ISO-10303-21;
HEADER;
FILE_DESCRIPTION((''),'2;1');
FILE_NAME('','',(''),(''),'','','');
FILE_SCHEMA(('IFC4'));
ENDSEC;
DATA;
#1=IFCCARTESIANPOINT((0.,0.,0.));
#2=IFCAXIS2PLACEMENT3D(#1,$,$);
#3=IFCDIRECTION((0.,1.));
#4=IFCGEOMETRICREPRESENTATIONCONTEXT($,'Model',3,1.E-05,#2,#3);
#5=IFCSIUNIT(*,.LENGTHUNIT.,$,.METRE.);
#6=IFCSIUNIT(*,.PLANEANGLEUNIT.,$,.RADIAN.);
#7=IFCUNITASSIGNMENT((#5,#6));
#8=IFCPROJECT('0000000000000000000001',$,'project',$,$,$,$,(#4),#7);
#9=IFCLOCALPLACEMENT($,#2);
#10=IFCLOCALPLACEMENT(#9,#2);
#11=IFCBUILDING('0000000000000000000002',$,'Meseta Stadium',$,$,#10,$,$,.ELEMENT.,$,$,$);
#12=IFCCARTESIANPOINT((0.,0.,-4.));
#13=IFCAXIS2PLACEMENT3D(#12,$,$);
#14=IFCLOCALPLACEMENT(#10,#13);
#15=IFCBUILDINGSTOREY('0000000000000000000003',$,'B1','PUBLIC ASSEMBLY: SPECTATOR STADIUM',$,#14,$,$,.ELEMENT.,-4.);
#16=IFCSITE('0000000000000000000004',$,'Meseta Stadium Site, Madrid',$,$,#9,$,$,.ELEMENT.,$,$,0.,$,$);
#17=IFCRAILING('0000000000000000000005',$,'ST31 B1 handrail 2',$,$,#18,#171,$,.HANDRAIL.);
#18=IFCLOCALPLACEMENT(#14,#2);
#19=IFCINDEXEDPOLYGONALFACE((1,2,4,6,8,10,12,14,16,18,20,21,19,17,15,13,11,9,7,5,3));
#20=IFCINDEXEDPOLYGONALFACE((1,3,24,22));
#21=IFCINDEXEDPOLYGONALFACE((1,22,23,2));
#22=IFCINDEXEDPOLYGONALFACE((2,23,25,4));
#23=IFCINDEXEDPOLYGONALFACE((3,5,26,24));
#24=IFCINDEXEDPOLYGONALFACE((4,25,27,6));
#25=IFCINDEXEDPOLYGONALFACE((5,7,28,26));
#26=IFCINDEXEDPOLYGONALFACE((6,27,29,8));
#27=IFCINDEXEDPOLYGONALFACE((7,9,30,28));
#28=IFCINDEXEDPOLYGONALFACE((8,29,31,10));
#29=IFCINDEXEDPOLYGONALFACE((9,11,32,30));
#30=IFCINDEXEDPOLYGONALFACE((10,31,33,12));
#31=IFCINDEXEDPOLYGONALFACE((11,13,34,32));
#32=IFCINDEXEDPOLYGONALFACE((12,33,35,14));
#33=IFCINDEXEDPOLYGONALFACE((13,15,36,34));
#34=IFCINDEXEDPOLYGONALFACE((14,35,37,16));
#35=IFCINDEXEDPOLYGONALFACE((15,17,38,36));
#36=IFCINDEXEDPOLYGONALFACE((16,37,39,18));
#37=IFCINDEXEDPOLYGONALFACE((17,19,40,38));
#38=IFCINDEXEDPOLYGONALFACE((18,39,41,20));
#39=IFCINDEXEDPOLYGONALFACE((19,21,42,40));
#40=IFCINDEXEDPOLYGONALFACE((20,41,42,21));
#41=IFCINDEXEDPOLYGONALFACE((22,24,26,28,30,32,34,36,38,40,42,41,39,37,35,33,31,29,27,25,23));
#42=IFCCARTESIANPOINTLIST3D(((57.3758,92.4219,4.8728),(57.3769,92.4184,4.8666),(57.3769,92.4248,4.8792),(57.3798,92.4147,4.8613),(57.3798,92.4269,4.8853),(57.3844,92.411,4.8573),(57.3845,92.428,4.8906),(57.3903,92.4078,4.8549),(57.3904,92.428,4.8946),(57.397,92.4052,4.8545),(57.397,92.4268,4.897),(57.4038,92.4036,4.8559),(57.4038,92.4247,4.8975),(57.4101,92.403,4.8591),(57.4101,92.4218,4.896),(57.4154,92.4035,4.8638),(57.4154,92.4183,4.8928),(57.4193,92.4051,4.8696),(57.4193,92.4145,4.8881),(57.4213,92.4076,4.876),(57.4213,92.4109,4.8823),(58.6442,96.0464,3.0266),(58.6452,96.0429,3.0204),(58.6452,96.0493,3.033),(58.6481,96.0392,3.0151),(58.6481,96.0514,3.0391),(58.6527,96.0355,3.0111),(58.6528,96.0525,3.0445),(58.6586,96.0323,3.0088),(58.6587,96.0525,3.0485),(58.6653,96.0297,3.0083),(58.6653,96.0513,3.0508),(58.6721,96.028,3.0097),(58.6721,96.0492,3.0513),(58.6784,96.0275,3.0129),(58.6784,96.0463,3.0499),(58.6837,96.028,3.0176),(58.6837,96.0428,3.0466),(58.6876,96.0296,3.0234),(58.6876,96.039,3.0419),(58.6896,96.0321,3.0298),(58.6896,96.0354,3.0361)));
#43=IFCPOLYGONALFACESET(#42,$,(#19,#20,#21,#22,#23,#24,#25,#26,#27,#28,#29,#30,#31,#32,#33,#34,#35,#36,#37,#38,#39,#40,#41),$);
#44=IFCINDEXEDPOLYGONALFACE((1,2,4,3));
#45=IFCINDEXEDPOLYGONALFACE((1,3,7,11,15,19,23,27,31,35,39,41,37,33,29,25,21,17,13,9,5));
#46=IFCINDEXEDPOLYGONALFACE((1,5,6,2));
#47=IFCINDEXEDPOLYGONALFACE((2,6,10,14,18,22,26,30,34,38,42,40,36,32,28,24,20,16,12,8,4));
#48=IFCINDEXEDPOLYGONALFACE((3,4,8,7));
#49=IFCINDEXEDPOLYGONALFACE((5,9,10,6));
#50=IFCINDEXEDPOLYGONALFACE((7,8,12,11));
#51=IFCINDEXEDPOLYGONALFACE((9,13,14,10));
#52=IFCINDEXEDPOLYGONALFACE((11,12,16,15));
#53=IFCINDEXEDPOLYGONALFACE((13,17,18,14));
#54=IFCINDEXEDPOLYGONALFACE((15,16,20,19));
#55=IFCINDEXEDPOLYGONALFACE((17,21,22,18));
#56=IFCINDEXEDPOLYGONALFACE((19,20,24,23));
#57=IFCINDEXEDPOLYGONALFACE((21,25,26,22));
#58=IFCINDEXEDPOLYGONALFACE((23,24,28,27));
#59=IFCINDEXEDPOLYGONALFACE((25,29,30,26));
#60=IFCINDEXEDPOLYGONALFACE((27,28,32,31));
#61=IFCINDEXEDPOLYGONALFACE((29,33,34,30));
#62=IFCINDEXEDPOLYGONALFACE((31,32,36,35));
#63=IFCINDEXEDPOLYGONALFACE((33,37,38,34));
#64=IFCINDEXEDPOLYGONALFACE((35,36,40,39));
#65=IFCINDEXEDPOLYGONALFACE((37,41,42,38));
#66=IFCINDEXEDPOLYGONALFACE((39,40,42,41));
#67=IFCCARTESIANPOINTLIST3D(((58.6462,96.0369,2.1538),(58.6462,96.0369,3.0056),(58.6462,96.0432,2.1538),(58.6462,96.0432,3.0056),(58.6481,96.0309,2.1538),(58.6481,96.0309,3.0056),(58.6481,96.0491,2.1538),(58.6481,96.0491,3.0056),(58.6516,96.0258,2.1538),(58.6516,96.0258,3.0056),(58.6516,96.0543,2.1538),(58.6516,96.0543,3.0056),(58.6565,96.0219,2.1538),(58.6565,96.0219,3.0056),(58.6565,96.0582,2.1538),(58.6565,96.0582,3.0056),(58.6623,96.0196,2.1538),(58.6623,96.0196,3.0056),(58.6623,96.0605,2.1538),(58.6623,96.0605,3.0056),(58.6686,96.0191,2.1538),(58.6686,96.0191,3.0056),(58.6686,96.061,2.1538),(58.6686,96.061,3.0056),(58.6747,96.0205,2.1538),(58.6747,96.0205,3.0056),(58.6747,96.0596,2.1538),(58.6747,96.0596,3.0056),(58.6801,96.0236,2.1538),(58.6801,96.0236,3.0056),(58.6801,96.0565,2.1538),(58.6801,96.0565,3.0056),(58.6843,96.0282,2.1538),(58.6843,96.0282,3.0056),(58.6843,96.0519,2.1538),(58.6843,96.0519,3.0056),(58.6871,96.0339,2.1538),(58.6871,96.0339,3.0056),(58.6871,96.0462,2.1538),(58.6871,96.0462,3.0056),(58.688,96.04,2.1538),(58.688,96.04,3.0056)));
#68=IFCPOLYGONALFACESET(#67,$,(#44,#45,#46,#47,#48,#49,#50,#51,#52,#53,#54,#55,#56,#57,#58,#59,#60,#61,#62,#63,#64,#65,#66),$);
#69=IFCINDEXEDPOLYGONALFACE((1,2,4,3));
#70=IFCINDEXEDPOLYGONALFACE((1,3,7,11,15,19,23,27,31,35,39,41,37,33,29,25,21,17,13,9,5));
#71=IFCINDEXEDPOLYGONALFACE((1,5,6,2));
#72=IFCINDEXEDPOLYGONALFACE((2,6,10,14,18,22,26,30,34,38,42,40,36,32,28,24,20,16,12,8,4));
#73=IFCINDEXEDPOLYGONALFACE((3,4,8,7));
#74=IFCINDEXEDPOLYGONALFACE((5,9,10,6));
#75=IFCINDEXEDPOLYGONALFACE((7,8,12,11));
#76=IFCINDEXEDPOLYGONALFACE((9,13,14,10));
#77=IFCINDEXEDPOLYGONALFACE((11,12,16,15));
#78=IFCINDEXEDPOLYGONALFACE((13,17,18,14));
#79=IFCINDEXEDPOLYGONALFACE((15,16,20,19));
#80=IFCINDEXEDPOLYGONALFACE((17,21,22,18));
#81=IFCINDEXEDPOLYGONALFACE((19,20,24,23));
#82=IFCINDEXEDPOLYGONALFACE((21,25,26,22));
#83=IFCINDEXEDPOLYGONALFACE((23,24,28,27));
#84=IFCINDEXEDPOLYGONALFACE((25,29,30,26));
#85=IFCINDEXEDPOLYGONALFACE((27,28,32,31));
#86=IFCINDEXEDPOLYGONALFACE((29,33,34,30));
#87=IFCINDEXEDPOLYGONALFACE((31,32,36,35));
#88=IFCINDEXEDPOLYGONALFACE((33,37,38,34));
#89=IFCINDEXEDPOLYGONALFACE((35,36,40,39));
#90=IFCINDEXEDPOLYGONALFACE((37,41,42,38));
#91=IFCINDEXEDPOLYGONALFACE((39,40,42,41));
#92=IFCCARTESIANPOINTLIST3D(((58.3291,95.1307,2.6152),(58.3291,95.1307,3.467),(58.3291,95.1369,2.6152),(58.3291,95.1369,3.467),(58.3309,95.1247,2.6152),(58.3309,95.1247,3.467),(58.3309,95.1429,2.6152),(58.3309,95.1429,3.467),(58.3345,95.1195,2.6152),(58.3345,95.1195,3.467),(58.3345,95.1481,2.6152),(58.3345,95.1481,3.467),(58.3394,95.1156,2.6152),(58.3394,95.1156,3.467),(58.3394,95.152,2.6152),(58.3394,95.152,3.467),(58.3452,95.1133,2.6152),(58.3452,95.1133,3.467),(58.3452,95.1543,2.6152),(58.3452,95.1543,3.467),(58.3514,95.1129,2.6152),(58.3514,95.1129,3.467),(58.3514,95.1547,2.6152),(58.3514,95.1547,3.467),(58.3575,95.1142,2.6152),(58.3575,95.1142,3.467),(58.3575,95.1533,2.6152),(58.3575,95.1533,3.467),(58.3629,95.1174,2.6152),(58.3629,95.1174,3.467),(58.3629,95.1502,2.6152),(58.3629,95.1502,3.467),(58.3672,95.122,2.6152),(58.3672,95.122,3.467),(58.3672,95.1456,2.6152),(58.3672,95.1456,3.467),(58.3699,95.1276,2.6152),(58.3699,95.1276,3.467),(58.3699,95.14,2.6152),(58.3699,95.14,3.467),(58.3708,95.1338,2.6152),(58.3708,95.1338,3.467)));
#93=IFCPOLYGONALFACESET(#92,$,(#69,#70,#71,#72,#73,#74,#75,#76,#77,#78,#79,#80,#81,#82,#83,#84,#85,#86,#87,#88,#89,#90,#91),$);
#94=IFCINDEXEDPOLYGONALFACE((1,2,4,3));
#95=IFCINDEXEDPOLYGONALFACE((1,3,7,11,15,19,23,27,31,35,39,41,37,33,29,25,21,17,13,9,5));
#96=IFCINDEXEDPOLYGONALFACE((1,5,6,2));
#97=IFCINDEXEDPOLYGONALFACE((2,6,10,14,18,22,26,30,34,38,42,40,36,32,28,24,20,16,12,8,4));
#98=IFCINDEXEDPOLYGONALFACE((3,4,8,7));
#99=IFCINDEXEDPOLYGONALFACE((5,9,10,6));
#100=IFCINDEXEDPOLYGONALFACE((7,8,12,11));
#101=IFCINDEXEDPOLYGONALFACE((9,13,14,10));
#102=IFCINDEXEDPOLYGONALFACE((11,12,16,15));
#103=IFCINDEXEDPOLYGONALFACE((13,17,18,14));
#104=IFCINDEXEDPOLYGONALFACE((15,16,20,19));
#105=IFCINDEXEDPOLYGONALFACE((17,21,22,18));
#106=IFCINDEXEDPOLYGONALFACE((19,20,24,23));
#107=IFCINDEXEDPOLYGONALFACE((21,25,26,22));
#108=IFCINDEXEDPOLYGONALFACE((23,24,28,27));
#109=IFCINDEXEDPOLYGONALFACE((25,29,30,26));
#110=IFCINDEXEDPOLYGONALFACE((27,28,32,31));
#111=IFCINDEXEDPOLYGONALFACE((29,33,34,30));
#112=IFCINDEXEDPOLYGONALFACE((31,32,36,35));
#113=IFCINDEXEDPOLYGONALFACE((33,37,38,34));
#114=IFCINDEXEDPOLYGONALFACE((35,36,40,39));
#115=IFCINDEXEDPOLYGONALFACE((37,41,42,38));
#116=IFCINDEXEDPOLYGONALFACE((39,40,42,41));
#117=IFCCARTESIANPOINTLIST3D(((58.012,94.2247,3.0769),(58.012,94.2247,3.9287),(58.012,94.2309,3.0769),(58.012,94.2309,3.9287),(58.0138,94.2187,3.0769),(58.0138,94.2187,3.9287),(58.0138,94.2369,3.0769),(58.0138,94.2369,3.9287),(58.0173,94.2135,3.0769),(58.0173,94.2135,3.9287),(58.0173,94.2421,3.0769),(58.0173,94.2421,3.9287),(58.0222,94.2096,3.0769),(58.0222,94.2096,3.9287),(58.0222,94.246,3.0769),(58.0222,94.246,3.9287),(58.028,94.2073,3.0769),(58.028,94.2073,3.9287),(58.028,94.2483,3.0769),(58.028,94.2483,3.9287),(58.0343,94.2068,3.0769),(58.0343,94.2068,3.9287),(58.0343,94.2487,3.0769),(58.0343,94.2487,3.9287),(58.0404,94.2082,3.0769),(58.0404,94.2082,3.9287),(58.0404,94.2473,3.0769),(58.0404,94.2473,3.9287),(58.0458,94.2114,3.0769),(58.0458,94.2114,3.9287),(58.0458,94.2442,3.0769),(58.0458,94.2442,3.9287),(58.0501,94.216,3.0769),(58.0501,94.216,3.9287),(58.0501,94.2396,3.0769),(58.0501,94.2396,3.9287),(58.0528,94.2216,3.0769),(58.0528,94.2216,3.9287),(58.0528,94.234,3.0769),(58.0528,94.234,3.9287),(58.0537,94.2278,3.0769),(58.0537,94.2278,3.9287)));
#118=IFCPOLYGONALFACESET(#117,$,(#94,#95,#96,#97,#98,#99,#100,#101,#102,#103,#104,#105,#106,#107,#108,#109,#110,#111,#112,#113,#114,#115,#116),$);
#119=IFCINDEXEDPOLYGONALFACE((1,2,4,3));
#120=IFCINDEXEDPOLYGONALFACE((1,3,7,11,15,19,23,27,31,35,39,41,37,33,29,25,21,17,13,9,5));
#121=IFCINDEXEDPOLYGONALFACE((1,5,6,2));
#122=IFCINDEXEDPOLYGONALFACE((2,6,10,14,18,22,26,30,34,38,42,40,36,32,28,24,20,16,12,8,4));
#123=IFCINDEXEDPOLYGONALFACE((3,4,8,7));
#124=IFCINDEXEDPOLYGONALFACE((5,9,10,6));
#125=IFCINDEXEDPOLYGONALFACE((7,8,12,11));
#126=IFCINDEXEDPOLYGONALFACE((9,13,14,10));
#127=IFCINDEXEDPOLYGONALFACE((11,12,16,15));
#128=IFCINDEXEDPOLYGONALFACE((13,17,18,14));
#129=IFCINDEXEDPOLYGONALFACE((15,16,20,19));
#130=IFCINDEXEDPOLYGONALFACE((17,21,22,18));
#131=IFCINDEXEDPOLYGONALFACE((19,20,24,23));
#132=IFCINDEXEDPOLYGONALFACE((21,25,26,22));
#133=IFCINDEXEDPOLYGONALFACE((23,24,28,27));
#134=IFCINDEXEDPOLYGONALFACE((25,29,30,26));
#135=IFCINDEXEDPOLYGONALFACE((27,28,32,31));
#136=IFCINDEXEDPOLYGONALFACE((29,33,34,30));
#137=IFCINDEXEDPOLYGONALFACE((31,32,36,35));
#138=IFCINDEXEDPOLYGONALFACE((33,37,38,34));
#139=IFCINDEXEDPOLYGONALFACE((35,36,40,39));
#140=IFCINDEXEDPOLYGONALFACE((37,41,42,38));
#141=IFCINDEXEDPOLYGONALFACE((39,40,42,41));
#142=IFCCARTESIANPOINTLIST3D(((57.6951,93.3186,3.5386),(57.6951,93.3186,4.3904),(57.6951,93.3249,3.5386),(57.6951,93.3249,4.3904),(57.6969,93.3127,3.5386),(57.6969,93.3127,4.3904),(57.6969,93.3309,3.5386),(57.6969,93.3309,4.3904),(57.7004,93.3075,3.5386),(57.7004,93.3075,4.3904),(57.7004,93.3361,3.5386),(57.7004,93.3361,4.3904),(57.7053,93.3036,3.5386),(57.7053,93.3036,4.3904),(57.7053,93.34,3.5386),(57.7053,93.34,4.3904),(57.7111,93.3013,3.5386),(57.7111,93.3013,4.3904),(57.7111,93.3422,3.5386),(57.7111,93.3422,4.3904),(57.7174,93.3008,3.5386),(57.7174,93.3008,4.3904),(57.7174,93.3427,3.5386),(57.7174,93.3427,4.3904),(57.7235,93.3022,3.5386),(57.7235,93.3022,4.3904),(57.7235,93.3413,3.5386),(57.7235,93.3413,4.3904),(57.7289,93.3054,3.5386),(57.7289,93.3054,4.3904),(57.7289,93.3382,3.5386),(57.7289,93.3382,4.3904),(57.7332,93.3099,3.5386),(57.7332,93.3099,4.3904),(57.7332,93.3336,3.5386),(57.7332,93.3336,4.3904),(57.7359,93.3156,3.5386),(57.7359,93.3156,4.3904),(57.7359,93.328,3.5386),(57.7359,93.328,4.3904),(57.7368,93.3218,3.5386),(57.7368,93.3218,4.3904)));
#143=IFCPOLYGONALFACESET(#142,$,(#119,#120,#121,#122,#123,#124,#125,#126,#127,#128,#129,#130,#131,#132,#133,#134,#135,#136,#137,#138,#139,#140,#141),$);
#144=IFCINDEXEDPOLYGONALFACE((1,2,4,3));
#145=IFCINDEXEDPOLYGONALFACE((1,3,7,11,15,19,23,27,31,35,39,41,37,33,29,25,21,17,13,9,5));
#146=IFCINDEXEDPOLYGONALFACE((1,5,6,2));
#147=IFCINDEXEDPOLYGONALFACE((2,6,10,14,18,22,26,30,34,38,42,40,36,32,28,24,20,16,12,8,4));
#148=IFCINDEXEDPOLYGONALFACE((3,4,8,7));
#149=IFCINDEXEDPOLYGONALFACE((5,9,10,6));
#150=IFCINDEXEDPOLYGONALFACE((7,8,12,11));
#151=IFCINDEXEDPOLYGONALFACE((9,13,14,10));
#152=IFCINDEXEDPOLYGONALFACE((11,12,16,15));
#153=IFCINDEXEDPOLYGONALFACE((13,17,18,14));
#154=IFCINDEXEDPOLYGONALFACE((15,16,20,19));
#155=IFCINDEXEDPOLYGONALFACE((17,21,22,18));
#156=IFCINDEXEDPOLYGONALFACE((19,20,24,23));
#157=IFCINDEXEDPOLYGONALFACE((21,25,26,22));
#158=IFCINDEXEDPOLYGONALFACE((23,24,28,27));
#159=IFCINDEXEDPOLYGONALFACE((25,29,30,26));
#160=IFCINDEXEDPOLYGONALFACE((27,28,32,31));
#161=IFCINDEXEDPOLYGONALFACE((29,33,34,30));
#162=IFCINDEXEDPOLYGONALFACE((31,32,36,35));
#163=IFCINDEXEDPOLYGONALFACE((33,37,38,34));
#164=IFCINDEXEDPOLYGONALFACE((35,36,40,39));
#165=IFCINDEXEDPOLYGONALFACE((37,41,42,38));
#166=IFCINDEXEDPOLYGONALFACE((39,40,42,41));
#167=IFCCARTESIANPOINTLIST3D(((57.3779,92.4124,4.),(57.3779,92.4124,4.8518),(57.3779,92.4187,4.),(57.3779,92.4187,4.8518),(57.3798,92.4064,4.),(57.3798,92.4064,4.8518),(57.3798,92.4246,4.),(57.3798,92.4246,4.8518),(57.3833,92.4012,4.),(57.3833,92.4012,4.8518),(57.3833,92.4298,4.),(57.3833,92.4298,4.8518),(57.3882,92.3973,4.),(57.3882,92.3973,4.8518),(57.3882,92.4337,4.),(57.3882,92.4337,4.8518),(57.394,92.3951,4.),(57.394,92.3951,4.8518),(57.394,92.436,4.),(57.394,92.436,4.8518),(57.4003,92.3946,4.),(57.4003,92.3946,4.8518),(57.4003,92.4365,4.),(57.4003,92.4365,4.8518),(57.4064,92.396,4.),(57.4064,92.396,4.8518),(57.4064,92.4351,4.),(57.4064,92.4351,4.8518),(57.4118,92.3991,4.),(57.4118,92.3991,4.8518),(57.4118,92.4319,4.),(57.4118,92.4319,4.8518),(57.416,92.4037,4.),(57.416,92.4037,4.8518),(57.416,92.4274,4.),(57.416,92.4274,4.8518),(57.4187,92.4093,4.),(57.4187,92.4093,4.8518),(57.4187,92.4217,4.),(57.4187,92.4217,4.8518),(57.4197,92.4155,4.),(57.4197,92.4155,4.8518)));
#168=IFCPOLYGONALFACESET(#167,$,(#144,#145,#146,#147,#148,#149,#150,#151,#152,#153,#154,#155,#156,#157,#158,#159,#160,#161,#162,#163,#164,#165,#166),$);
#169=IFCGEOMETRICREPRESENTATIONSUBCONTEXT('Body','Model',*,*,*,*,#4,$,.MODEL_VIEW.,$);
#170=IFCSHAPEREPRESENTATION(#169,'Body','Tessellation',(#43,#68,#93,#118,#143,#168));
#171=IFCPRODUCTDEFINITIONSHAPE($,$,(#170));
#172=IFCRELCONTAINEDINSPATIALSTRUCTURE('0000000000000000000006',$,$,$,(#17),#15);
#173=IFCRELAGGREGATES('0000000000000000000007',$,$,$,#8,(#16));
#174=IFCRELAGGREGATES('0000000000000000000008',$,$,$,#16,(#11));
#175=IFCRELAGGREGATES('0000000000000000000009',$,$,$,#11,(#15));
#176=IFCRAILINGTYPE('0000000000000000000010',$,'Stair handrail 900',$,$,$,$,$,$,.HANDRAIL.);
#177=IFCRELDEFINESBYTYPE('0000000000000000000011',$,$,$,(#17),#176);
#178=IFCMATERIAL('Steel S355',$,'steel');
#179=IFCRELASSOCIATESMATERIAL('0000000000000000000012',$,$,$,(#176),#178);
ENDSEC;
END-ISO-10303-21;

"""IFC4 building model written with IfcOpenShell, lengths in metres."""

from ifc_helpers import new_model, si_unit, direction, frame, origin, origin_2d, place, context, subcontext, project, spatial, circle, extrude, material, type_object, element, save


model = new_model("IFC4")

# Units and contexts
model_context = context("Model", 3, precision=1e-05, world=origin(), true_north=direction((0.0, 1.0)))
body_context = subcontext(model_context, "Body", "Model", "MODEL_VIEW")
ifc_project = project(units=[si_unit("LENGTHUNIT", "METRE"), si_unit("PLANEANGLEUNIT", "RADIAN")], contexts=[model_context])

# Site, building, storey
site_placement = place(None, origin())
site = spatial("IfcSite", under=ifc_project, at=site_placement, Name="Meseta Stadium Site, Madrid", CompositionType="ELEMENT", RefElevation=0.0)
building_placement = place(site_placement, origin())
building = spatial("IfcBuilding", under=site, at=building_placement, Name="Meseta Stadium", CompositionType="ELEMENT")
storey_placement = place(building_placement, frame((0.0, 0.0, -4.0)))
storey = spatial("IfcBuildingStorey", under=building, at=storey_placement, Name="B1", Description="PUBLIC ASSEMBLY: SPECTATOR STADIUM", CompositionType="ELEMENT", Elevation=-4.0)

# Railing
ifc_material_1 = material(Name="Steel S355", Category="steel")
railing_type_1 = type_object("IfcRailingType", Name="Stair handrail 900", PredefinedType="HANDRAIL", material=ifc_material_1)
for number, where, name in (
    (1, (58.667, 96.04, 2.1538), "ST31 B1 handrail 2"),
):
    element("IfcRailing", number, at=place(storey_placement, frame(where)), inside=storey, type_object=railing_type_1, Name=name, PredefinedType="HANDRAIL", context=body_context, shape_type="SweptSolid", body=[
        extrude(circle(Radius=0.0239, at=origin_2d()), frame((0.0, 0.0, 0.876), z_axis=(-0.297672, -0.850672, 0.4333), x_axis=(0.94388, -0.330288, 0.0)), (0.0, 0.0, 1.0), 4.2607),
        extrude(circle(Radius=0.021, at=origin_2d()), origin(), (0.0, 0.0, 1.0), 0.8518),
        extrude(circle(Radius=0.021, at=origin_2d()), frame((-0.3171, -0.9062, 0.4614)), (0.0, 0.0, 1.0), 0.8518),
        extrude(circle(Radius=0.021, at=origin_2d()), frame((-0.6343, -1.8123, 0.9231)), (0.0, 0.0, 1.0), 0.8518),
        extrude(circle(Radius=0.021, at=origin_2d()), frame((-0.9512, -2.7183, 1.3848)), (0.0, 0.0, 1.0), 0.8518),
        extrude(circle(Radius=0.021, at=origin_2d()), frame((-1.2683, -3.6245, 1.8462)), (0.0, 0.0, 1.0), 0.8518),
    ])

save(model, "model.ifc")
